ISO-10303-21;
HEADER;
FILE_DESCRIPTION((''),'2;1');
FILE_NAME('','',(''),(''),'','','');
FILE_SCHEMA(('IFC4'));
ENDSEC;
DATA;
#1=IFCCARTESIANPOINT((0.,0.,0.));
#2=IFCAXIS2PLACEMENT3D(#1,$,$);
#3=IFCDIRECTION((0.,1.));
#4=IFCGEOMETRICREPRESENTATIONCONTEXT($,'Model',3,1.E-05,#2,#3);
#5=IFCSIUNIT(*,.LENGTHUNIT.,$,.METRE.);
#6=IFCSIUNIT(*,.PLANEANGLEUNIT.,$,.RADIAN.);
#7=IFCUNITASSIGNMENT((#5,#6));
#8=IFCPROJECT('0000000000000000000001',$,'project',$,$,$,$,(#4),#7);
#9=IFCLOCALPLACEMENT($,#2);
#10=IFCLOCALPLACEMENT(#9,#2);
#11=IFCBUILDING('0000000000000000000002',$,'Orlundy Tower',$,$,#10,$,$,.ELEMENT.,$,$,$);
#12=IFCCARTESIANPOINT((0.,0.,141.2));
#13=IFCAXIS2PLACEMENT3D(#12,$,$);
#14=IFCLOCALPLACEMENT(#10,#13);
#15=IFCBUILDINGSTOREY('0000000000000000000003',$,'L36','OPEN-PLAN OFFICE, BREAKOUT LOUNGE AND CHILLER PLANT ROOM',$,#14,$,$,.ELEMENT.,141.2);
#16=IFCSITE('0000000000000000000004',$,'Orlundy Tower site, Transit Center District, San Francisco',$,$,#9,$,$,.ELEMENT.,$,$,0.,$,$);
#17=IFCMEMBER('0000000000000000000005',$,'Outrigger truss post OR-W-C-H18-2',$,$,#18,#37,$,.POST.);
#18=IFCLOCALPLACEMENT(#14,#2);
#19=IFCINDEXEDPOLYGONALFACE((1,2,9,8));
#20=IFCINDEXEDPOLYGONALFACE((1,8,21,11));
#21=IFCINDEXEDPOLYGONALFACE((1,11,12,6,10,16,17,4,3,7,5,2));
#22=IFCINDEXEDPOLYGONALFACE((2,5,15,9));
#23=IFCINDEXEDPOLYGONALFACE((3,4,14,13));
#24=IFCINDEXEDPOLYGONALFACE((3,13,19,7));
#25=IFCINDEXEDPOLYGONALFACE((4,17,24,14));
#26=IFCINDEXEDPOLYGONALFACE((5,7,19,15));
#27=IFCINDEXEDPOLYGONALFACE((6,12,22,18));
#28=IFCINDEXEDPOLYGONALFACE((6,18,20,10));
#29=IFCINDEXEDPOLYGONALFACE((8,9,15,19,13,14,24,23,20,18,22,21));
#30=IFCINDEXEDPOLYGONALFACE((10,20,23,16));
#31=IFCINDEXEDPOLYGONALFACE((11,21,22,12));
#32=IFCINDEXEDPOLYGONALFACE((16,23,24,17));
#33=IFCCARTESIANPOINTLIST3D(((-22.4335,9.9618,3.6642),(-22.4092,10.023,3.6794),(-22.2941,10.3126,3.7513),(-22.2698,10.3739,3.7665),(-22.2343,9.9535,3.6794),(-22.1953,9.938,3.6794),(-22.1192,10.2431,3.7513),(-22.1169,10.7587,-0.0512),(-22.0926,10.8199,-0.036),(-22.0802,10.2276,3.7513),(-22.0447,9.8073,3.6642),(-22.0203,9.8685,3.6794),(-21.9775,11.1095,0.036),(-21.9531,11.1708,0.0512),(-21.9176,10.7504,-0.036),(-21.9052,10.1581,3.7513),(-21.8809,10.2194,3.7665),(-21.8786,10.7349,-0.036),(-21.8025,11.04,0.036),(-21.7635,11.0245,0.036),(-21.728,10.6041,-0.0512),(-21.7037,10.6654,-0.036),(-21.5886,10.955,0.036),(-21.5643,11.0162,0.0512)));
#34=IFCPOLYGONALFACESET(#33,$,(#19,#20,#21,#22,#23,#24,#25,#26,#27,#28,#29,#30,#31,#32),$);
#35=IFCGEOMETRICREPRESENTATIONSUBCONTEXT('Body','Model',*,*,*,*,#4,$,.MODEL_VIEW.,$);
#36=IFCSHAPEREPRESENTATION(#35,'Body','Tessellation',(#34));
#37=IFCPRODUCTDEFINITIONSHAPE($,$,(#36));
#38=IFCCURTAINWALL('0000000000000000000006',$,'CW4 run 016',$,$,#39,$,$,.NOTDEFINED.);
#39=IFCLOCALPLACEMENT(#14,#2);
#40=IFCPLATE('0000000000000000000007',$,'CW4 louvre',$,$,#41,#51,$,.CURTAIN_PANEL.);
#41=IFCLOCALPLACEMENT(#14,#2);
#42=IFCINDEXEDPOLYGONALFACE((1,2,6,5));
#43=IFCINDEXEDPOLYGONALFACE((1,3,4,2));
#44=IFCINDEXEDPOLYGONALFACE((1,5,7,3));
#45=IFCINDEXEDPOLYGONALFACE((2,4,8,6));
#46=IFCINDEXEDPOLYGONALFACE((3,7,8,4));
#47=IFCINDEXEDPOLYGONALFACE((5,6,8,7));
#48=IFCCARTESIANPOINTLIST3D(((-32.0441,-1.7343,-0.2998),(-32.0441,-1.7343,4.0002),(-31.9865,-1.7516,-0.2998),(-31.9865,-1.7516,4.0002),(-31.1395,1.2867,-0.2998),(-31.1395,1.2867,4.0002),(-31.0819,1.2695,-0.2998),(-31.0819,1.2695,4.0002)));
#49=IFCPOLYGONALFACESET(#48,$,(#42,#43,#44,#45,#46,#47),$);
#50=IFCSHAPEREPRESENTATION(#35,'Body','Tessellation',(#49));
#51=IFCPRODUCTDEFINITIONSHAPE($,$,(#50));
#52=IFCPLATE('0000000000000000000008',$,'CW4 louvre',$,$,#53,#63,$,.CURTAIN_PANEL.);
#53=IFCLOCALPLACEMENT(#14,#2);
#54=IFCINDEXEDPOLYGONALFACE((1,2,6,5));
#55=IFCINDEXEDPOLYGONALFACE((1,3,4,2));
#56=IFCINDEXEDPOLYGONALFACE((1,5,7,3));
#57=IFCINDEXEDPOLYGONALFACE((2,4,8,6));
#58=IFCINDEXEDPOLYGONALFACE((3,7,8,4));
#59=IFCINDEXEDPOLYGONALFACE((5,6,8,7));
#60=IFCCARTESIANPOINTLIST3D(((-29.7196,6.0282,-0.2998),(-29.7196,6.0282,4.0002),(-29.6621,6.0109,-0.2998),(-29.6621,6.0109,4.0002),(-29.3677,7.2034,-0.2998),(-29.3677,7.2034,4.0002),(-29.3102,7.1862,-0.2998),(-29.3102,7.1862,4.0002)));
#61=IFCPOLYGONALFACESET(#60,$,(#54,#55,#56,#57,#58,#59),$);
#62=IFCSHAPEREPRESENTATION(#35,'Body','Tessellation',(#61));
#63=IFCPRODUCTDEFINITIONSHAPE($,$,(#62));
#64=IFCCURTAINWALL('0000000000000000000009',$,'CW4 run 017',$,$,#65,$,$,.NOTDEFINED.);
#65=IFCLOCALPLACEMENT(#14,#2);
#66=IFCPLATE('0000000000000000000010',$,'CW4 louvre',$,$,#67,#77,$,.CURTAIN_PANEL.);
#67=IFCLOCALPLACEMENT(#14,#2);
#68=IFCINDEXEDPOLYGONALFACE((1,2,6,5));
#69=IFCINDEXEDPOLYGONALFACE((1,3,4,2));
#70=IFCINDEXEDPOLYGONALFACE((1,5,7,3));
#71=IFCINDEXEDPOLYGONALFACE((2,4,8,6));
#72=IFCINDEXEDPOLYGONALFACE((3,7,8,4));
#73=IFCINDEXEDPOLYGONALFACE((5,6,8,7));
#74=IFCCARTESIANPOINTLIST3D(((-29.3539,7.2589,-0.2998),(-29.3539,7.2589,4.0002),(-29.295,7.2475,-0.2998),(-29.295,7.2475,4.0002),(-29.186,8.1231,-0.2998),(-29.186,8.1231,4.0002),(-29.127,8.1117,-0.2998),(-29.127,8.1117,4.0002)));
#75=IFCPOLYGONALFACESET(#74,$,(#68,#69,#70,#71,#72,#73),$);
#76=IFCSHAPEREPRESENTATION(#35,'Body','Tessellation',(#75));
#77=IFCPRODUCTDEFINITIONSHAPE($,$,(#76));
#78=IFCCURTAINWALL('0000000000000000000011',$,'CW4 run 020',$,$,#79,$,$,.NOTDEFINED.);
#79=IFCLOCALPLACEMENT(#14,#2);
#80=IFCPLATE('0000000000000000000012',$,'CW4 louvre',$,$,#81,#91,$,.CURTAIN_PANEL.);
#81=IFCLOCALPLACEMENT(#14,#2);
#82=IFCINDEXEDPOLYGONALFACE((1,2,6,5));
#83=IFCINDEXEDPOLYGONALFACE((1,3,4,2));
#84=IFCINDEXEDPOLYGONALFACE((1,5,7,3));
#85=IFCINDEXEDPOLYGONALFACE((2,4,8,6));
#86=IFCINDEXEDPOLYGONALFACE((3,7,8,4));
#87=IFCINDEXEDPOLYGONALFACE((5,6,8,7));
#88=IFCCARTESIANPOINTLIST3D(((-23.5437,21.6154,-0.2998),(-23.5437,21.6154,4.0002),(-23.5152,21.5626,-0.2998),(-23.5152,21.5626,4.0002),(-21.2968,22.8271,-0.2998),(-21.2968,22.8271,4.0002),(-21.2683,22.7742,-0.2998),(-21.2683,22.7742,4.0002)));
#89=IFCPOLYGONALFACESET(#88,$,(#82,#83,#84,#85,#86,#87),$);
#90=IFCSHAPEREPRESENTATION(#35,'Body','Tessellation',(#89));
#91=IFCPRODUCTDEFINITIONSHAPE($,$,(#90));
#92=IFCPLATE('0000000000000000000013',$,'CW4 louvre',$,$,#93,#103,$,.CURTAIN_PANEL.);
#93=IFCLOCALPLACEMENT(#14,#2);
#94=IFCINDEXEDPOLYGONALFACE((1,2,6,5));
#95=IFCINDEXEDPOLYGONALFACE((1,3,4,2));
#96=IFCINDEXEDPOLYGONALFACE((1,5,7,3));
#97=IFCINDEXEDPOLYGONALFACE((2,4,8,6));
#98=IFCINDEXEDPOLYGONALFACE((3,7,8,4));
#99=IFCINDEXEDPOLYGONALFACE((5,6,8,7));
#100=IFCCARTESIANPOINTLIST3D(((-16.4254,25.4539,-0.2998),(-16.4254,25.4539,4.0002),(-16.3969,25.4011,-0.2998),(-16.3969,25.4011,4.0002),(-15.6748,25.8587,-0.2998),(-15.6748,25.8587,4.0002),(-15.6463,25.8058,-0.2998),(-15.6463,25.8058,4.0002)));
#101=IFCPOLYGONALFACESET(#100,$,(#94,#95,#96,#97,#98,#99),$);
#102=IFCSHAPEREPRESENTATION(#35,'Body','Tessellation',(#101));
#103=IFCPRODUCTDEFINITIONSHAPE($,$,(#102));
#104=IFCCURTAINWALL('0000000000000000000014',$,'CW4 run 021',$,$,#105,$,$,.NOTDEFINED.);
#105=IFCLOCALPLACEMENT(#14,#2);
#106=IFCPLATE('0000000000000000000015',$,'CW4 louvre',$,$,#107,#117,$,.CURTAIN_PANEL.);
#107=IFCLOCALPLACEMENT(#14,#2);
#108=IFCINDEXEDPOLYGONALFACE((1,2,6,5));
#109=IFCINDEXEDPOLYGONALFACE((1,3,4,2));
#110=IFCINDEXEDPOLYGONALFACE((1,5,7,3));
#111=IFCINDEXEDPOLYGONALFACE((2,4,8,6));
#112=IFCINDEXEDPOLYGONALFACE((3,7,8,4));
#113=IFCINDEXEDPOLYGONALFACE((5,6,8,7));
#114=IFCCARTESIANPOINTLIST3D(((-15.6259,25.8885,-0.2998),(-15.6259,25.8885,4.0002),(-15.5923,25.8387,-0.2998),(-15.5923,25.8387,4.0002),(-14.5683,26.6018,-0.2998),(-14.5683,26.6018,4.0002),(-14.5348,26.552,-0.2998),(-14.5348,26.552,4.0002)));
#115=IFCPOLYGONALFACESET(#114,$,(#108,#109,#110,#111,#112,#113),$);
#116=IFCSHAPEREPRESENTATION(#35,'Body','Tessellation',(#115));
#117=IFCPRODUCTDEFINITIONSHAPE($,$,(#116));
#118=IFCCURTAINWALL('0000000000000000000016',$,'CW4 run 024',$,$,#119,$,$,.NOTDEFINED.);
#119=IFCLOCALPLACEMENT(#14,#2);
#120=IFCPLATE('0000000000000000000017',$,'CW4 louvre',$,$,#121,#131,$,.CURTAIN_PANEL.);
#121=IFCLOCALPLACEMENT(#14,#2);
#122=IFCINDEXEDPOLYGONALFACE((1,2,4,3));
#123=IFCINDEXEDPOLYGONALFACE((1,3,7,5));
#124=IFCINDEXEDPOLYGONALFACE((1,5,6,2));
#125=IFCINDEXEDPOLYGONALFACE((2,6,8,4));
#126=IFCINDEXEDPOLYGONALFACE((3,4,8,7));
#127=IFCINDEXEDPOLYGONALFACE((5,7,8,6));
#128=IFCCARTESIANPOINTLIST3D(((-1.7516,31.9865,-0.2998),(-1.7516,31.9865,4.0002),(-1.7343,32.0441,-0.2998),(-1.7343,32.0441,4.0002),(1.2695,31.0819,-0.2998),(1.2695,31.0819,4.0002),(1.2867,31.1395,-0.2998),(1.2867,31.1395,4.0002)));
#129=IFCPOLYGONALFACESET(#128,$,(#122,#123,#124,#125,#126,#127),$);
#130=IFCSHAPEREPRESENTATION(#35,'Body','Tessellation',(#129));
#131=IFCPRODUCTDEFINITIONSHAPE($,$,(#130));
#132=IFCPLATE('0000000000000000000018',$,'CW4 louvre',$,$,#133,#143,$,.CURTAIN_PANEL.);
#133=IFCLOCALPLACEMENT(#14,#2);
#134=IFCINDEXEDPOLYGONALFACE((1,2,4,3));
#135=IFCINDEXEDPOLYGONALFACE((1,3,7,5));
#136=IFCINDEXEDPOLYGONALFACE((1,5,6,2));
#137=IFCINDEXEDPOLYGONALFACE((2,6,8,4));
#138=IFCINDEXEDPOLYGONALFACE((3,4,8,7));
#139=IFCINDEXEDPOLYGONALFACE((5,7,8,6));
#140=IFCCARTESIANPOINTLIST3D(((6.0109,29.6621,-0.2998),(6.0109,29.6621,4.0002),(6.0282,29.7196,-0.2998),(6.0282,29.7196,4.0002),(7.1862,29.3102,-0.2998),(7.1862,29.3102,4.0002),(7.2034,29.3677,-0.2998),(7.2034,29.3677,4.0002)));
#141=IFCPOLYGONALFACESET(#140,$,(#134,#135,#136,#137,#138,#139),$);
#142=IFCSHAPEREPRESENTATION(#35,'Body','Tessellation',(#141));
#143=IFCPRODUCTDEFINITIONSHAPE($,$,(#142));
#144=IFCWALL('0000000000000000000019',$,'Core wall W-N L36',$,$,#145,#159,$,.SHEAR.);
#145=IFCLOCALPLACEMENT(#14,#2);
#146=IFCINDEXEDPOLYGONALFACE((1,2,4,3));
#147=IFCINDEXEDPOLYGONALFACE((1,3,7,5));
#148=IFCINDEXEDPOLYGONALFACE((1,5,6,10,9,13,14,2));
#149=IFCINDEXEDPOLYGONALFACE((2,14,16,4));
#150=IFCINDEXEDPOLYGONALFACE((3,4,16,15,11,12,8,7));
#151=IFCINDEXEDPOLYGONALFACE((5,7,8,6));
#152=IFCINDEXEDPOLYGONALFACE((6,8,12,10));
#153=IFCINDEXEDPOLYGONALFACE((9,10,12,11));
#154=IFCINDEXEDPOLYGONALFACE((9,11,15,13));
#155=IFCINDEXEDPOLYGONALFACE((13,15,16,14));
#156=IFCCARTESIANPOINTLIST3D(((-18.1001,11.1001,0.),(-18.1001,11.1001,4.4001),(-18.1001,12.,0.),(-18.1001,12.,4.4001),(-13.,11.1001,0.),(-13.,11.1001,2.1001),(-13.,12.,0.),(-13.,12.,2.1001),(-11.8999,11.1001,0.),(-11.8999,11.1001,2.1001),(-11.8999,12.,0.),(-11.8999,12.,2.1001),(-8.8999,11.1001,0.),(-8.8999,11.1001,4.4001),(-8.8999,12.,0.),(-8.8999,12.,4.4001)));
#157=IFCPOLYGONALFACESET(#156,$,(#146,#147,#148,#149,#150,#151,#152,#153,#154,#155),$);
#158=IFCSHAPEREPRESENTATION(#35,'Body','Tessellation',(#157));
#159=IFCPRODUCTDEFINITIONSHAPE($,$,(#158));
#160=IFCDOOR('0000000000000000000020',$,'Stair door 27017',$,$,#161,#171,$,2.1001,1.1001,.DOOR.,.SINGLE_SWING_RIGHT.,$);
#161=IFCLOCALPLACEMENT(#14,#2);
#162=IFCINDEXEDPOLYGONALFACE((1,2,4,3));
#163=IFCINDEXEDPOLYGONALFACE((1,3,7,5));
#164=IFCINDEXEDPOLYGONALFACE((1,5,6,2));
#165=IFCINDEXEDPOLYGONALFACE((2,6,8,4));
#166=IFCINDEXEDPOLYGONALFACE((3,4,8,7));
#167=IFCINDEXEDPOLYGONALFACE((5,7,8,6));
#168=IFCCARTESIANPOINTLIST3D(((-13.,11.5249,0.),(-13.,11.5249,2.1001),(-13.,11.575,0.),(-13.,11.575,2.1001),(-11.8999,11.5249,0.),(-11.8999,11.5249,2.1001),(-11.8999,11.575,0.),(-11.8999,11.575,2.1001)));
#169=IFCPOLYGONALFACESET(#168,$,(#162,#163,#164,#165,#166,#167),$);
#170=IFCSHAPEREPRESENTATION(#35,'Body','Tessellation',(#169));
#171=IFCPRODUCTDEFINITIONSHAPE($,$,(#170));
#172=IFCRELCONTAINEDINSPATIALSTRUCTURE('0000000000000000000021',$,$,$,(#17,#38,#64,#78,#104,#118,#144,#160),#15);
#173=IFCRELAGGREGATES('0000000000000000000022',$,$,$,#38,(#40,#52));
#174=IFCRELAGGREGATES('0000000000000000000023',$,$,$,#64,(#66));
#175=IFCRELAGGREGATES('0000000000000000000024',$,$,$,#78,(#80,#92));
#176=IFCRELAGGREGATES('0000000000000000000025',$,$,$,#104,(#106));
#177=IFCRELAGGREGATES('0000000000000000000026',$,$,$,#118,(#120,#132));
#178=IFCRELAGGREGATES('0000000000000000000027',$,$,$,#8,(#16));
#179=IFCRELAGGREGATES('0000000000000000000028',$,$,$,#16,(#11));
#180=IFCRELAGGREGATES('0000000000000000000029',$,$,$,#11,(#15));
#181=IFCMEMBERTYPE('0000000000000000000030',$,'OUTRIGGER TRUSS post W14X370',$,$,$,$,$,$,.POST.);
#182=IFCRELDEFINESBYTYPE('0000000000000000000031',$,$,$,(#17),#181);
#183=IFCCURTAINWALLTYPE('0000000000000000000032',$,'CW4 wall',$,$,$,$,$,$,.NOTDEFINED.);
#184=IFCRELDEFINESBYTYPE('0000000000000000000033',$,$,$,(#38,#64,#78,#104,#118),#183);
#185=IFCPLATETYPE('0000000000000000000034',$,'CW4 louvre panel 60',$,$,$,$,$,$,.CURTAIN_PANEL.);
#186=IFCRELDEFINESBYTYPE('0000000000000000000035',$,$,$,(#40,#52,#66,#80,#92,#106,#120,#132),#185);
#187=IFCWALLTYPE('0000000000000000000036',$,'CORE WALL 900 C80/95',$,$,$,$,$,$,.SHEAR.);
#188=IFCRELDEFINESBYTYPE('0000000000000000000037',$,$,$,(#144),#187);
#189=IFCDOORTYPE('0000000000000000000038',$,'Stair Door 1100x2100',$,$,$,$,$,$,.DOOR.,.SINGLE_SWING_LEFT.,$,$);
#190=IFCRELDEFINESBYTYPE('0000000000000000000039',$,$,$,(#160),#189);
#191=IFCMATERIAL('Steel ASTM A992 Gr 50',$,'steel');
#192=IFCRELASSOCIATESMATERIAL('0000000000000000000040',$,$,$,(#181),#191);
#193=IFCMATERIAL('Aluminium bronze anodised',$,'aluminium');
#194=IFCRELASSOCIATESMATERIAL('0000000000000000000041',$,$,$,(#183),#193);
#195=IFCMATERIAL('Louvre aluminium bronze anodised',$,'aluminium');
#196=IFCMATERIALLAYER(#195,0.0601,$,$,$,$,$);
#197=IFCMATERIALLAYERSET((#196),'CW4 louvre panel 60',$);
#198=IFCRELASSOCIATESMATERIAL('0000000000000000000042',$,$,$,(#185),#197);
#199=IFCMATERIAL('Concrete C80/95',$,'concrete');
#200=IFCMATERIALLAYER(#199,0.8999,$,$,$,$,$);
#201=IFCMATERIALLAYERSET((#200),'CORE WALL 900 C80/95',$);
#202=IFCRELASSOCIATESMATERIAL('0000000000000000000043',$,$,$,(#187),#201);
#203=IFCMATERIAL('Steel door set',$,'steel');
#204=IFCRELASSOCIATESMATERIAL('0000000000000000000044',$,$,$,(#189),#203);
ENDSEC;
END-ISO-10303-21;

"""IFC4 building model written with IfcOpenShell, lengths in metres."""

from ifc_helpers import new_model, si_unit, direction, frame, frame_2d, origin, origin_2d, place, context, subcontext, project, spatial, rectangle, i_section, extrude, material, layer, layer_set, material_profile, profile_set, type_object, element, fill, aggregate, save


model = new_model("IFC4")

# Units and contexts
model_context = context("Model", 3, precision=1e-05, world=origin(), true_north=direction((0.0, 1.0)))
body_context = subcontext(model_context, "Body", "Model", "MODEL_VIEW")
ifc_project = project(units=[si_unit("LENGTHUNIT", "METRE"), si_unit("PLANEANGLEUNIT", "RADIAN")], contexts=[model_context])

# Site, building, storey
site_placement = place(None, origin())
site = spatial("IfcSite", under=ifc_project, at=site_placement, Name="Orlundy Tower site, Transit Center District, San Francisco", CompositionType="ELEMENT", RefElevation=0.0)
building_placement = place(site_placement, origin())
building = spatial("IfcBuilding", under=site, at=building_placement, Name="Orlundy Tower", CompositionType="ELEMENT")
storey_placement = place(building_placement, frame((0.0, 0.0, 141.2)))
storey = spatial("IfcBuildingStorey", under=building, at=storey_placement, Name="L36", Description="OPEN-PLAN OFFICE, BREAKOUT LOUNGE AND CHILLER PLANT ROOM", CompositionType="ELEMENT", Elevation=141.2)

# Member
ifc_material_1 = material(Name="Steel ASTM A992 Gr 50", Category="steel")
ifc_material_profile_1 = material_profile(ifc_material_1, i_section(OverallWidth=0.4185, OverallDepth=0.4551, WebThickness=0.042, FlangeThickness=0.0676, at=origin_2d()), Name="W14X370")
ifc_profile_set_1 = profile_set([ifc_material_profile_1], Name="Steel ASTM A992 Gr 50")
member_type = type_object("IfcMemberType", Name="OUTRIGGER TRUSS post W14X370", PredefinedType="POST", material=ifc_profile_set_1)
member_1_placement = place(storey_placement, frame((-21.8406, 10.8875, 0.0), z_axis=(-0.083045, -0.208989, 0.974386), x_axis=(0.929319, -0.369279, 0.0)))
element("IfcMember", 1, at=member_1_placement, inside=storey, type_object=member_type, Name="Outrigger truss post OR-W-C-H18-2", PredefinedType="POST", context=body_context, shape_type="SweptSolid", body=[
    extrude(i_section(OverallWidth=0.4185, OverallDepth=0.4551, WebThickness=0.042, FlangeThickness=0.0676, at=origin_2d()), origin(), (0.0, 0.0, 1.0), 3.813),
])

# Curtain wall, plates
ifc_material_2 = material(Name="Aluminium bronze anodised", Category="aluminium")
curtain_wall_type = type_object("IfcCurtainWallType", Name="CW4 wall", PredefinedType="NOTDEFINED", material=ifc_material_2)
curtain_wall_1_placement = place(storey_placement, origin())
curtain_wall_1 = element("IfcCurtainWall", 2, at=curtain_wall_1_placement, inside=storey, type_object=curtain_wall_type, Name="CW4 run 016", PredefinedType="NOTDEFINED")
ifc_material_3 = material(Name="Louvre aluminium bronze anodised", Category="aluminium")
ifc_layer_1 = layer(ifc_material_3, 0.0601)
ifc_layer_set_1 = layer_set([ifc_layer_1], Name="CW4 louvre panel 60")
plate_type = type_object("IfcPlateType", Name="CW4 louvre panel 60", PredefinedType="CURTAIN_PANEL", material=ifc_layer_set_1)
plate_1_placement = place(storey_placement, frame((-31.563, -0.2324, -0.2998), z_axis=(0.0, 0.0, 1.0), x_axis=(0.286853, 0.957975, 0.0)))
plate_1 = element("IfcPlate", 3, at=plate_1_placement, type_object=plate_type, Name="CW4 louvre", PredefinedType="CURTAIN_PANEL", context=body_context, shape_type="SweptSolid", body=[
    extrude(rectangle(XDim=3.1536, YDim=0.0601, at=origin_2d()), origin(), (0.0, 0.0, 1.0), 4.3),
])
plate_2_placement = place(storey_placement, frame((-29.5149, 6.6072, -0.2998), z_axis=(0.0, 0.0, 1.0), x_axis=(0.286853, 0.957975, 0.0)))
plate_2 = element("IfcPlate", 4, at=plate_2_placement, type_object=plate_type, Name="CW4 louvre", PredefinedType="CURTAIN_PANEL", context=body_context, shape_type="SweptSolid", body=[
    extrude(rectangle(XDim=1.2268, YDim=0.0601, at=origin_2d()), origin(), (0.0, 0.0, 1.0), 4.3),
])
aggregate(curtain_wall_1, [plate_1, plate_2])

# Curtain wall, plate
curtain_wall_2_placement = place(storey_placement, origin())
curtain_wall_2 = element("IfcCurtainWall", 5, at=curtain_wall_2_placement, inside=storey, type_object=curtain_wall_type, Name="CW4 run 017", PredefinedType="NOTDEFINED")
plate_3_placement = place(storey_placement, frame((-29.2405, 7.6853, -0.2998), z_axis=(0.0, 0.0, 1.0), x_axis=(0.190769, 0.981635, 0.0)))
plate_3 = element("IfcPlate", 6, at=plate_3_placement, type_object=plate_type, Name="CW4 louvre", PredefinedType="CURTAIN_PANEL", context=body_context, shape_type="SweptSolid", body=[
    extrude(rectangle(XDim=0.8804, YDim=0.0601, at=origin_2d()), origin(), (0.0, 0.0, 1.0), 4.3),
])
aggregate(curtain_wall_2, [plate_3])

# Curtain wall, plates
curtain_wall_3_placement = place(storey_placement, origin())
curtain_wall_3 = element("IfcCurtainWall", 7, at=curtain_wall_3_placement, inside=storey, type_object=curtain_wall_type, Name="CW4 run 020", PredefinedType="NOTDEFINED")
plate_4_placement = place(storey_placement, frame((-22.406, 22.1948, -0.2998), z_axis=(0.0, 0.0, 1.0), x_axis=(0.88018, 0.474639, 0.0)))
plate_4 = element("IfcPlate", 8, at=plate_4_placement, type_object=plate_type, Name="CW4 louvre", PredefinedType="CURTAIN_PANEL", context=body_context, shape_type="SweptSolid", body=[
    extrude(rectangle(XDim=2.5527, YDim=0.0601, at=origin_2d()), origin(), (0.0, 0.0, 1.0), 4.3),
])
plate_5_placement = place(storey_placement, frame((-16.0359, 25.6299, -0.2998), z_axis=(0.0, 0.0, 1.0), x_axis=(0.88018, 0.474639, 0.0)))
plate_5 = element("IfcPlate", 9, at=plate_5_placement, type_object=plate_type, Name="CW4 louvre", PredefinedType="CURTAIN_PANEL", context=body_context, shape_type="SweptSolid", body=[
    extrude(rectangle(XDim=0.8528, YDim=0.0601, at=origin_2d()), origin(), (0.0, 0.0, 1.0), 4.3),
])
aggregate(curtain_wall_3, [plate_4, plate_5])

# Curtain wall, plate
curtain_wall_4_placement = place(storey_placement, origin())
curtain_wall_4 = element("IfcCurtainWall", 10, at=curtain_wall_4_placement, inside=storey, type_object=curtain_wall_type, Name="CW4 run 021", PredefinedType="NOTDEFINED")
plate_6_placement = place(storey_placement, frame((-15.0803, 26.2202, -0.2998), z_axis=(0.0, 0.0, 1.0), x_axis=(0.829044, 0.559184, 0.0)))
plate_6 = element("IfcPlate", 11, at=plate_6_placement, type_object=plate_type, Name="CW4 louvre", PredefinedType="CURTAIN_PANEL", context=body_context, shape_type="SweptSolid", body=[
    extrude(rectangle(XDim=1.2756, YDim=0.0601, at=origin_2d()), origin(), (0.0, 0.0, 1.0), 4.3),
])
aggregate(curtain_wall_4, [plate_6])

# Curtain wall, plates
curtain_wall_5_placement = place(storey_placement, origin())
curtain_wall_5 = element("IfcCurtainWall", 12, at=curtain_wall_5_placement, inside=storey, type_object=curtain_wall_type, Name="CW4 run 024", PredefinedType="NOTDEFINED")
plate_7_placement = place(storey_placement, frame((-0.2324, 31.563, -0.2998), z_axis=(0.0, 0.0, 1.0), x_axis=(0.957975, -0.286853, 0.0)))
plate_7 = element("IfcPlate", 13, at=plate_7_placement, type_object=plate_type, Name="CW4 louvre", PredefinedType="CURTAIN_PANEL", context=body_context, shape_type="SweptSolid", body=[
    extrude(rectangle(XDim=3.1536, YDim=0.0601, at=origin_2d()), origin(), (0.0, 0.0, 1.0), 4.3),
])
plate_8_placement = place(storey_placement, frame((6.6072, 29.5149, -0.2998), z_axis=(0.0, 0.0, 1.0), x_axis=(0.957975, -0.286853, 0.0)))
plate_8 = element("IfcPlate", 14, at=plate_8_placement, type_object=plate_type, Name="CW4 louvre", PredefinedType="CURTAIN_PANEL", context=body_context, shape_type="SweptSolid", body=[
    extrude(rectangle(XDim=1.2268, YDim=0.0601, at=origin_2d()), origin(), (0.0, 0.0, 1.0), 4.3),
])
aggregate(curtain_wall_5, [plate_7, plate_8])

# Wall, opening, door
ifc_material_4 = material(Name="Concrete C80/95", Category="concrete")
ifc_layer_2 = layer(ifc_material_4, 0.8999)
ifc_layer_set_2 = layer_set([ifc_layer_2], Name="CORE WALL 900 C80/95")
wall_type = type_object("IfcWallType", Name="CORE WALL 900 C80/95", PredefinedType="SHEAR", material=ifc_layer_set_2)
wall_placement = place(storey_placement, frame((-18.1001, 11.55, 0.0), z_axis=(0.0, 0.0, 1.0), x_axis=(1.0, 0.0, 0.0)))
wall = element("IfcWall", 15, at=wall_placement, inside=storey, type_object=wall_type, Name="Core wall W-N L36", PredefinedType="SHEAR", context=body_context, shape_type="SweptSolid", body=[
    extrude(rectangle(XDim=9.2002, YDim=0.8999, at=frame_2d((4.6001, 0.0))), origin(), (0.0, 0.0, 1.0), 4.4001),
])
opening_placement = place(wall_placement, frame((5.1001, 0.0, 0.0)))
opening = element("IfcOpeningElement", 16, at=opening_placement, cuts=wall, PredefinedType="OPENING", context=body_context, shape_type="SweptSolid", body=[
    extrude(rectangle(XDim=1.1001, YDim=2.1001, at=frame_2d((0.55, 1.05))), frame((0.0, 0.46, 0.0), z_axis=(0.0, -1.0, 0.0), x_axis=(1.0, 0.0, 0.0)), (0.0, 0.0, 1.0), 0.9199),
])
ifc_material_5 = material(Name="Steel door set", Category="steel")
door_type = type_object("IfcDoorType", Name="Stair Door 1100x2100", OperationType="SINGLE_SWING_LEFT", PredefinedType="DOOR", material=ifc_material_5)
door_placement = place(opening_placement, origin())
door = element("IfcDoor", 17, at=door_placement, inside=storey, type_object=door_type, Name="Stair door 27017", OperationType="SINGLE_SWING_RIGHT", OverallHeight=2.1001, OverallWidth=1.1001, PredefinedType="DOOR", context=body_context, shape_type="SweptSolid", body=[
    extrude(rectangle(XDim=1.1001, YDim=2.1001, at=frame_2d((0.55, 1.05))), frame((0.0, 0.0249, 0.0), z_axis=(0.0, -1.0, 0.0), x_axis=(1.0, 0.0, 0.0)), (0.0, 0.0, 1.0), 0.05),
])
fill(opening, door)

save(model, "model.ifc")
